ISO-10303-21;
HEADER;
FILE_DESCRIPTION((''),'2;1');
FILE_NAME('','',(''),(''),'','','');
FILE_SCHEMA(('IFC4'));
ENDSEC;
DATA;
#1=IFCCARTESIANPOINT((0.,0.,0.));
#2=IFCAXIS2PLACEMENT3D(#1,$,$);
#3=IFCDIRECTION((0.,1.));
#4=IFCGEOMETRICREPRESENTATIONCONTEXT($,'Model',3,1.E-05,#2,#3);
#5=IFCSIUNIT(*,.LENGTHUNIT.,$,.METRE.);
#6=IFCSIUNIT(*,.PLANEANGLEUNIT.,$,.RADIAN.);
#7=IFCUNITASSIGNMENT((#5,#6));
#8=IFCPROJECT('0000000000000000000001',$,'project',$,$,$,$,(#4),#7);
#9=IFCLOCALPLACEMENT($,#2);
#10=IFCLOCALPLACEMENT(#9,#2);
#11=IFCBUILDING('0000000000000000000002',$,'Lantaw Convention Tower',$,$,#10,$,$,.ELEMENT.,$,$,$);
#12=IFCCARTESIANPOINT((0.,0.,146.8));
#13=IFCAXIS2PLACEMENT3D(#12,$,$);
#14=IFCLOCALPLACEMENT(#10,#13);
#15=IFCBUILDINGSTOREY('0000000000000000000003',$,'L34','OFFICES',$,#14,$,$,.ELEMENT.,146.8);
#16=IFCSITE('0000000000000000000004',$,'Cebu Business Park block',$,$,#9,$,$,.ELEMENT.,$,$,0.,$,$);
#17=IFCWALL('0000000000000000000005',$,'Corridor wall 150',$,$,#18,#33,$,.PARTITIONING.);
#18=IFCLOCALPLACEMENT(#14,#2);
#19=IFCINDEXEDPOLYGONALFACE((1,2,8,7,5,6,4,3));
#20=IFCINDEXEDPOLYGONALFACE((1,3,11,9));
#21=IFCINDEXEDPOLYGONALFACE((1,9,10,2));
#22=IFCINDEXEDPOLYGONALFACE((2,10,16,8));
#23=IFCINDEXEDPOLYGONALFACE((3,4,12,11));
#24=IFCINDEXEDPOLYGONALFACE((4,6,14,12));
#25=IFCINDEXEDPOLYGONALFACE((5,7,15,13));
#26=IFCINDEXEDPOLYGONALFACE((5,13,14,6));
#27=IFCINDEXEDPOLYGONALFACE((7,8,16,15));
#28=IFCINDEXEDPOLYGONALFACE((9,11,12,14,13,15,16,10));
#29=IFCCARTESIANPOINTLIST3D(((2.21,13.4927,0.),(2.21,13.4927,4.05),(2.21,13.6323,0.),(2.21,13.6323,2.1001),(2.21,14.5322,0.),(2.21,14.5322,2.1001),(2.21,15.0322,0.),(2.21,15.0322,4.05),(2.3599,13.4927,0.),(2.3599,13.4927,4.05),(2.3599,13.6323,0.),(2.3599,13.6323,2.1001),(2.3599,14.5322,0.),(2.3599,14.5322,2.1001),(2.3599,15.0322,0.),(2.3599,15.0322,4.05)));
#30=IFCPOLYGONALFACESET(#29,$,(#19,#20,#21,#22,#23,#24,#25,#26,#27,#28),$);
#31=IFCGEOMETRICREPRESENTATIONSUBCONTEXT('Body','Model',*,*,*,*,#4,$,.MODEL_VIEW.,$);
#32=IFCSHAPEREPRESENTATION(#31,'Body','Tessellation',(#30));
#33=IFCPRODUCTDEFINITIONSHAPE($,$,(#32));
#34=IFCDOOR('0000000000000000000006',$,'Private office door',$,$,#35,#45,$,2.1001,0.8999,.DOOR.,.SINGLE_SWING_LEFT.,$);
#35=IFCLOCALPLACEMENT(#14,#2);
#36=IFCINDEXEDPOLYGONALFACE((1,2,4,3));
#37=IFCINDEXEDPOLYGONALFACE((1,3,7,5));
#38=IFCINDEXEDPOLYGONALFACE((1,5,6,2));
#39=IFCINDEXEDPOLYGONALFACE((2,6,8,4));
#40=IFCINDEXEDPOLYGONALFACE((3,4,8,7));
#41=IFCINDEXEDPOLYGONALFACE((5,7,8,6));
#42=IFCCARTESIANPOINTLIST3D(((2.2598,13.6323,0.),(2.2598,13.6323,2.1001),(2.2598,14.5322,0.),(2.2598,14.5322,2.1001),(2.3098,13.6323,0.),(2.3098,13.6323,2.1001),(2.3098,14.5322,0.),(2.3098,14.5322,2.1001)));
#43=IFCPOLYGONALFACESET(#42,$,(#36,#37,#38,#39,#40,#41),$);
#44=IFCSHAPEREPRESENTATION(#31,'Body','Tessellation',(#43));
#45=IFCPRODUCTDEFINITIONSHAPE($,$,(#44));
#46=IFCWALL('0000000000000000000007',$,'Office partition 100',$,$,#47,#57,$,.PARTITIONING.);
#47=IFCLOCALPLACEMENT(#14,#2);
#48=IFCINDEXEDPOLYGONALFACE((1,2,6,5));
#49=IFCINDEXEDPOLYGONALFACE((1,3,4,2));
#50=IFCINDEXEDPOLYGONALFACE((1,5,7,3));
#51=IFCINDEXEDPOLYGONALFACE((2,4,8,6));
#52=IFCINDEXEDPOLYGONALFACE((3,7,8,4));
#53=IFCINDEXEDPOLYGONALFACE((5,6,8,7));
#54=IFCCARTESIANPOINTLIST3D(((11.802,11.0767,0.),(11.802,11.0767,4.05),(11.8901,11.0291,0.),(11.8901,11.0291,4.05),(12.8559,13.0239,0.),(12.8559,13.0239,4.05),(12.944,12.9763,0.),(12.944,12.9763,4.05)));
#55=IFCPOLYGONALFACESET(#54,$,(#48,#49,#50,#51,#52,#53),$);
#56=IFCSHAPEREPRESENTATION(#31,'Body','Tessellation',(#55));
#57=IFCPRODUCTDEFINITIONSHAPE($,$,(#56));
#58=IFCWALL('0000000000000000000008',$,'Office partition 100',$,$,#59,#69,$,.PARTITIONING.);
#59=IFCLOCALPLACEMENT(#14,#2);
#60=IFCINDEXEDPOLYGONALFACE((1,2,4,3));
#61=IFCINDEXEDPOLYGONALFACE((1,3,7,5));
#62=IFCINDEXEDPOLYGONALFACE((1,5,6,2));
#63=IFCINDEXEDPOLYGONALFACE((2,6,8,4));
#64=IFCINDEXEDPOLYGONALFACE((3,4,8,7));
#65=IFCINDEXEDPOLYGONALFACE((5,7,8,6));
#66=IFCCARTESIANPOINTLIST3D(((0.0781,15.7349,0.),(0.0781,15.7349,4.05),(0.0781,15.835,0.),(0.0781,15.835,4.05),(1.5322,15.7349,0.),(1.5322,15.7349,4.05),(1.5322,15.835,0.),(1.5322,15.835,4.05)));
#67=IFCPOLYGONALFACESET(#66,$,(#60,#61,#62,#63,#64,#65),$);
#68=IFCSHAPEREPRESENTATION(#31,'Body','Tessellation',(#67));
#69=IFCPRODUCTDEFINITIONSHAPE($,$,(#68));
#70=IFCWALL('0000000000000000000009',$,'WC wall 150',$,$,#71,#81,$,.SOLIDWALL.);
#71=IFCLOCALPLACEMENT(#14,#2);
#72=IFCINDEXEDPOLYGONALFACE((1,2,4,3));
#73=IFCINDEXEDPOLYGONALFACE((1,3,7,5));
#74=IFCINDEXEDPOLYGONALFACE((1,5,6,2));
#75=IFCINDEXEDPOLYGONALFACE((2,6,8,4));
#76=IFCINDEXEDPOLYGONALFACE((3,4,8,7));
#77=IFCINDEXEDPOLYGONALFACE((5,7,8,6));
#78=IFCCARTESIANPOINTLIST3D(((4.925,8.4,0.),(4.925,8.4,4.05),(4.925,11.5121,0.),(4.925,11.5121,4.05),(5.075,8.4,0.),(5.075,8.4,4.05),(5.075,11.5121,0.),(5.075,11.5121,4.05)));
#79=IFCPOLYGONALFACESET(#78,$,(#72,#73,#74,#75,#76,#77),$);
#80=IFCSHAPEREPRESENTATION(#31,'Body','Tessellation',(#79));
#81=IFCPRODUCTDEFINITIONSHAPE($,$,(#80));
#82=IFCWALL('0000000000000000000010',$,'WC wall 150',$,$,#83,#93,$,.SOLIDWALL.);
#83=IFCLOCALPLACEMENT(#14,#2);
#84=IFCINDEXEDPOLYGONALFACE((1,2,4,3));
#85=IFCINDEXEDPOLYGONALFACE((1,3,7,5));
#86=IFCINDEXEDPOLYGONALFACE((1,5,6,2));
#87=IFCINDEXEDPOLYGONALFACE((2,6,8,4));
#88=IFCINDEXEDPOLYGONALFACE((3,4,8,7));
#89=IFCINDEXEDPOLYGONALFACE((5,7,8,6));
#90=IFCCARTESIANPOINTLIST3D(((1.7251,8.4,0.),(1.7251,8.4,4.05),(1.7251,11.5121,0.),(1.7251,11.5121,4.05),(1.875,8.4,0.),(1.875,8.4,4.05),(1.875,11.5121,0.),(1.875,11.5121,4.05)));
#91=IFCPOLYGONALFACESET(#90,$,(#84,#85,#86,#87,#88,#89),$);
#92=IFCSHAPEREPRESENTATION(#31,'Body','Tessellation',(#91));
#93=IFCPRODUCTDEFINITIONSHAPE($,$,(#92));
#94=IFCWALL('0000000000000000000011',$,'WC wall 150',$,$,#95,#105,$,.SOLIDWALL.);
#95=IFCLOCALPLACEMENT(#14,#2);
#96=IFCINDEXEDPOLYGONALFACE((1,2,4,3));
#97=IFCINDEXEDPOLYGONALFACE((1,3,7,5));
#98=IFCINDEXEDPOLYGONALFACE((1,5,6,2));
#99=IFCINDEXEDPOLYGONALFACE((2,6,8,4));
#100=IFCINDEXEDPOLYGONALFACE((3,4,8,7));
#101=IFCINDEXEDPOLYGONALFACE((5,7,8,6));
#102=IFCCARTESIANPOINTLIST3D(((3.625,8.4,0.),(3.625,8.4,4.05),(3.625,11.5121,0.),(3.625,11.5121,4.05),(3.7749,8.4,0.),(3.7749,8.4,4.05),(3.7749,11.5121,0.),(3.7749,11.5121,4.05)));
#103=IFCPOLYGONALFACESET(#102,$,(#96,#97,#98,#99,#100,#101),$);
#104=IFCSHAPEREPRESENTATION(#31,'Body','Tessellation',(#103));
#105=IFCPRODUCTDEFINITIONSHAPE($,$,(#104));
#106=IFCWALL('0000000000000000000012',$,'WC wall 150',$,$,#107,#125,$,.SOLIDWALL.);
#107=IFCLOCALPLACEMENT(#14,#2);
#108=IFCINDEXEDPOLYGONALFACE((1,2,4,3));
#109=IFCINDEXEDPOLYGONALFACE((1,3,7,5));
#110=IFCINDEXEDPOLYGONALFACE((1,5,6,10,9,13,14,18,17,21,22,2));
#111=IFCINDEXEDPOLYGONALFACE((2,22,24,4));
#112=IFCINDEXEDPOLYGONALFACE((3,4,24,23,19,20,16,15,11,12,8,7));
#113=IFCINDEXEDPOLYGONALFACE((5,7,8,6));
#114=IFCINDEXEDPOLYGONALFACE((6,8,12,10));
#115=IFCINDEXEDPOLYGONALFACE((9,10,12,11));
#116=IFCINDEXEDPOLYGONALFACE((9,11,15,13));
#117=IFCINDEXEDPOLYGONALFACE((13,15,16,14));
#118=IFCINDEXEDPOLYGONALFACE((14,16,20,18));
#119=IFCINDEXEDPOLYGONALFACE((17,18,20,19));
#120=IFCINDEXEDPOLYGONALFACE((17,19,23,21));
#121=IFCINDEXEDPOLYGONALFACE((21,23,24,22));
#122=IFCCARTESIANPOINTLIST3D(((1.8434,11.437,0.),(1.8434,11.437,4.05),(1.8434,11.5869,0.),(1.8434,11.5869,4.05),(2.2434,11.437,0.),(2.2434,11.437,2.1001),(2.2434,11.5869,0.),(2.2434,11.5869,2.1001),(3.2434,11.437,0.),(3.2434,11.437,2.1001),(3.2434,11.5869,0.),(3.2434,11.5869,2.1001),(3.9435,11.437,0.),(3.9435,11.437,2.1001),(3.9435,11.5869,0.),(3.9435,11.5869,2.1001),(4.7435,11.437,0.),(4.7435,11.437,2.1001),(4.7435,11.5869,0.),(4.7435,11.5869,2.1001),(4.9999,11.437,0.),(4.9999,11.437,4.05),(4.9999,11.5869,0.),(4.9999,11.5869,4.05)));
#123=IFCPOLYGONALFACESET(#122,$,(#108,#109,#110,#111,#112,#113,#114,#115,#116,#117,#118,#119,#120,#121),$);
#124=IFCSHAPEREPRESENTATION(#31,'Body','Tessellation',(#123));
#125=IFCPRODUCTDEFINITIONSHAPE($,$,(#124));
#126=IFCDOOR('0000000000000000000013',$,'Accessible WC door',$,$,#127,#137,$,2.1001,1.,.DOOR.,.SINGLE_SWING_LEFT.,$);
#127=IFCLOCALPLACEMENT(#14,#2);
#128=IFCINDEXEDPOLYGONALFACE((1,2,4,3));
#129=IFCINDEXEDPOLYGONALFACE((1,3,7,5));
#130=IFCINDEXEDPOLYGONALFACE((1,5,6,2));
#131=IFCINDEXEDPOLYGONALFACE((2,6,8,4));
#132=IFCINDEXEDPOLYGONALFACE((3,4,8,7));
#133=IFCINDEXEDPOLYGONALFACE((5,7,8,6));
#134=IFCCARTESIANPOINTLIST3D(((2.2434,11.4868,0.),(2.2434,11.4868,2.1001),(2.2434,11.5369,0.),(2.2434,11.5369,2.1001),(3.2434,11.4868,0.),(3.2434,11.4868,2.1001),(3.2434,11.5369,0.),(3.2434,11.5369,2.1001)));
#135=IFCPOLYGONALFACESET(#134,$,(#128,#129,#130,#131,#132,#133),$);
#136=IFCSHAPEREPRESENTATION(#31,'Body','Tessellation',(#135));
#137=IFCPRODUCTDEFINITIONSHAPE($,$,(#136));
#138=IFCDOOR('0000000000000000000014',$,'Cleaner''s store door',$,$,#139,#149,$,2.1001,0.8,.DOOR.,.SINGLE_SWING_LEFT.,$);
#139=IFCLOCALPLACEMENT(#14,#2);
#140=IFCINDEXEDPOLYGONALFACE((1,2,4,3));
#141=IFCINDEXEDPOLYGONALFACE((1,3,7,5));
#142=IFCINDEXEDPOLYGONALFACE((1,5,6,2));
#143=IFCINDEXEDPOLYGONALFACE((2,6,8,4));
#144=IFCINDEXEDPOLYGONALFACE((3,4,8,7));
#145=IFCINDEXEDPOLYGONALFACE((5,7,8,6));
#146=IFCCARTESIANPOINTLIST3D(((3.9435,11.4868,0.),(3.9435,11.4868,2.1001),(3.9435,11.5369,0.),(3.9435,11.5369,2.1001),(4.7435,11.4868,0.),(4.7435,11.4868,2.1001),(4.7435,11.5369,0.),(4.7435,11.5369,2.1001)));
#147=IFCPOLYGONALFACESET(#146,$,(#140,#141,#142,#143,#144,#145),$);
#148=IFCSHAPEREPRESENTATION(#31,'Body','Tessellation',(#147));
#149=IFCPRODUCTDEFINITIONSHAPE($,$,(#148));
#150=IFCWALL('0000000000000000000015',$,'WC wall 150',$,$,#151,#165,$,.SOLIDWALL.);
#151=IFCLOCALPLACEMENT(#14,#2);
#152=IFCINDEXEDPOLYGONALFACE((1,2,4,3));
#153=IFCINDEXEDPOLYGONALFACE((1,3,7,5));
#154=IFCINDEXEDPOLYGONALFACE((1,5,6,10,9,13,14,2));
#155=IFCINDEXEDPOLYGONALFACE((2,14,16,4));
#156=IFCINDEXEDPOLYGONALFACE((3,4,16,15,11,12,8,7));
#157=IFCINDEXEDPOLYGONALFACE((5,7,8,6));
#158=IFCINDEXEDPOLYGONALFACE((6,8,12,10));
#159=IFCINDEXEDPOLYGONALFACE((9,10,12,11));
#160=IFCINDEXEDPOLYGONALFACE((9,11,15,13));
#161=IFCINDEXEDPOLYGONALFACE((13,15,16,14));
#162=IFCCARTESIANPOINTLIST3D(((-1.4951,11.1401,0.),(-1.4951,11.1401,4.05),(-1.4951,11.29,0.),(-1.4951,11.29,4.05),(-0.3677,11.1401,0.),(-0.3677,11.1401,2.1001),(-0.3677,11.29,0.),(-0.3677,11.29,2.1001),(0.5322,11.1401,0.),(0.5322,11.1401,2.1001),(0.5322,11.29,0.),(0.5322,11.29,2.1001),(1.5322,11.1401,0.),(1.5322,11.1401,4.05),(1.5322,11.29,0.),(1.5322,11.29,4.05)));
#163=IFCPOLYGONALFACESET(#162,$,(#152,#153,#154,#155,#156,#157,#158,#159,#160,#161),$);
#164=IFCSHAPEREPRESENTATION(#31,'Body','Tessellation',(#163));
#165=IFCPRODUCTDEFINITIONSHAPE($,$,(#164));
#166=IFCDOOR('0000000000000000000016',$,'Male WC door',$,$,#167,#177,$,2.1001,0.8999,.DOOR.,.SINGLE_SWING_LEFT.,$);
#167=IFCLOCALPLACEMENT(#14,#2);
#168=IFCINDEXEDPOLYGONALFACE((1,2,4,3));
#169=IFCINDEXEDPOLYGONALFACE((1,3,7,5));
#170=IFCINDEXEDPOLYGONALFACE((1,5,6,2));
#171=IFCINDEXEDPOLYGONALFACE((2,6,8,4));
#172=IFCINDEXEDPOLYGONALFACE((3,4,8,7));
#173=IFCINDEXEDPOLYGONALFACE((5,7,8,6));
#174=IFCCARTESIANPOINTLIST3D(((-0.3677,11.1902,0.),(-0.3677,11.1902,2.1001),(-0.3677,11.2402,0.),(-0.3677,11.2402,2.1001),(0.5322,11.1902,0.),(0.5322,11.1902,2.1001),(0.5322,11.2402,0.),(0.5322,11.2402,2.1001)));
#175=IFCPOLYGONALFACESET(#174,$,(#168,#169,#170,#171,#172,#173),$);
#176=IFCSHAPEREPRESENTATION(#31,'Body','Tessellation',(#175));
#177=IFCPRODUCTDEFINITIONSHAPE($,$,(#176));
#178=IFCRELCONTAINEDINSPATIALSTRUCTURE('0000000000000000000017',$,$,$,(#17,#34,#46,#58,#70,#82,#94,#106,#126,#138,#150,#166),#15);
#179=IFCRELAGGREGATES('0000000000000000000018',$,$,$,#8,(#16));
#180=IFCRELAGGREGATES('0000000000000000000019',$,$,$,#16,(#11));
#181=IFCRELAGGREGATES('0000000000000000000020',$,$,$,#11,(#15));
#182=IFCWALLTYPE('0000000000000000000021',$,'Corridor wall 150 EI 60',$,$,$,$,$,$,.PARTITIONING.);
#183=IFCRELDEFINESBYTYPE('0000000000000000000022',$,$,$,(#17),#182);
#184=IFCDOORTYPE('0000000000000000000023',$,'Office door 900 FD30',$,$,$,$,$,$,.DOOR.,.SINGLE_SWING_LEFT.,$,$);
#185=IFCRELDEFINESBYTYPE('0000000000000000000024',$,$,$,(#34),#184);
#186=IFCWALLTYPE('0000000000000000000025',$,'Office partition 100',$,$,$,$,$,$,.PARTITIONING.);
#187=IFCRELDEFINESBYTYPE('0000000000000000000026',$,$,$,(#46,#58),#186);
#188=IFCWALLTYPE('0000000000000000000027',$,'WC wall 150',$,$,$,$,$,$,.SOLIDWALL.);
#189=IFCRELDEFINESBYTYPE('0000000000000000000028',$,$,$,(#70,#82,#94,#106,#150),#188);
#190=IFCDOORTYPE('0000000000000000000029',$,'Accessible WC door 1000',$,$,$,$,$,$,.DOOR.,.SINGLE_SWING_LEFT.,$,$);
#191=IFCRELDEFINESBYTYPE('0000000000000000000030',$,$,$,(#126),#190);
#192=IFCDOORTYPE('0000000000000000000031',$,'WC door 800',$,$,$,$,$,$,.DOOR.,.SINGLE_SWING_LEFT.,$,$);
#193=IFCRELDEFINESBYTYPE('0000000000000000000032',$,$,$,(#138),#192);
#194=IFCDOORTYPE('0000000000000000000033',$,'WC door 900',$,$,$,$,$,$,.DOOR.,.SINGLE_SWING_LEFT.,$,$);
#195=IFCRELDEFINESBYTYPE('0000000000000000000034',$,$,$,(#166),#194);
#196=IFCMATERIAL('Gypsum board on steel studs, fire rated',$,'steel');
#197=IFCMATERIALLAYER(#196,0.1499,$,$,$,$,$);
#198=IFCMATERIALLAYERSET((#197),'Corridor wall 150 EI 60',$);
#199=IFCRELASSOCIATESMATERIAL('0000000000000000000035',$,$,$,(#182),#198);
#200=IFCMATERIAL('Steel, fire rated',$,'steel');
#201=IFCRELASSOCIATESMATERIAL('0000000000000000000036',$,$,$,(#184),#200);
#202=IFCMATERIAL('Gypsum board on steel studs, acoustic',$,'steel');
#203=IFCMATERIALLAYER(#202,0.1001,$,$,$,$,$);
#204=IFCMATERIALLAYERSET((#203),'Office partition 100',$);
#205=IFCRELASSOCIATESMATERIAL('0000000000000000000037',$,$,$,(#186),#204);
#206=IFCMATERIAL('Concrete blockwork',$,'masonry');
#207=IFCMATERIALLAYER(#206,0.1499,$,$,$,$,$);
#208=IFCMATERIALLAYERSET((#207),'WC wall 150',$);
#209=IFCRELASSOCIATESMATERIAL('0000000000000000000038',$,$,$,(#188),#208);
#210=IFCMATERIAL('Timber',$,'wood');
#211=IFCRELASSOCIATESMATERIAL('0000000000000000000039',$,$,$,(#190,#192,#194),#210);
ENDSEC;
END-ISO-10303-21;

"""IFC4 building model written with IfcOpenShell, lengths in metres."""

from ifc_helpers import new_model, si_unit, direction, frame, frame_2d, origin, place, context, subcontext, project, spatial, rectangle, extrude, material, layer, layer_set, type_object, element, fill, save


model = new_model("IFC4")

# Units and contexts
model_context = context("Model", 3, precision=1e-05, world=origin(), true_north=direction((0.0, 1.0)))
body_context = subcontext(model_context, "Body", "Model", "MODEL_VIEW")
ifc_project = project(units=[si_unit("LENGTHUNIT", "METRE"), si_unit("PLANEANGLEUNIT", "RADIAN")], contexts=[model_context])

# Site, building, storey
site_placement = place(None, origin())
site = spatial("IfcSite", under=ifc_project, at=site_placement, Name="Cebu Business Park block", CompositionType="ELEMENT", RefElevation=0.0)
building_placement = place(site_placement, origin())
building = spatial("IfcBuilding", under=site, at=building_placement, Name="Lantaw Convention Tower", CompositionType="ELEMENT")
storey_placement = place(building_placement, frame((0.0, 0.0, 146.8)))
storey = spatial("IfcBuildingStorey", under=building, at=storey_placement, Name="L34", Description="OFFICES", CompositionType="ELEMENT", Elevation=146.8)

# Shared definitions
ifc_material_1 = material(Name="Gypsum board on steel studs, fire rated", Category="steel")
ifc_layer_1 = layer(ifc_material_1, 0.1499)
ifc_layer_set_1 = layer_set([ifc_layer_1], Name="Corridor wall 150 EI 60")
wall_type_1 = type_object("IfcWallType", Name="Corridor wall 150 EI 60", PredefinedType="PARTITIONING", material=ifc_layer_set_1)
ifc_material_2 = material(Name="Steel, fire rated", Category="steel")

# Wall, opening, door
wall_1_placement = place(storey_placement, frame((2.2849, 15.0322, 0.0), z_axis=(0.0, 0.0, 1.0), x_axis=(0.0, -1.0, 0.0)))
wall_1 = element("IfcWall", 1, at=wall_1_placement, inside=storey, type_object=wall_type_1, Name="Corridor wall 150", PredefinedType="PARTITIONING", context=body_context, shape_type="SweptSolid", body=[
    extrude(rectangle(XDim=1.5396, YDim=0.1499, at=frame_2d((0.7698, 0.0))), origin(), (0.0, 0.0, 1.0), 4.05),
])
opening_1_placement = place(wall_1_placement, frame((0.5, 0.0, 0.0)))
opening_1 = element("IfcOpeningElement", 2, at=opening_1_placement, cuts=wall_1, PredefinedType="OPENING", context=body_context, shape_type="SweptSolid", body=[
    extrude(rectangle(XDim=0.8999, YDim=2.1001, at=frame_2d((0.45, 1.05))), frame((0.0, 0.085, 0.0), z_axis=(0.0, -1.0, 0.0), x_axis=(1.0, 0.0, 0.0)), (0.0, 0.0, 1.0), 0.1699),
])
door_type_1 = type_object("IfcDoorType", Name="Office door 900 FD30", OperationType="SINGLE_SWING_LEFT", PredefinedType="DOOR", material=ifc_material_2)
door_1_placement = place(opening_1_placement, origin())
door_1 = element("IfcDoor", 3, at=door_1_placement, inside=storey, type_object=door_type_1, Name="Private office door", OperationType="SINGLE_SWING_LEFT", OverallHeight=2.1001, OverallWidth=0.8999, PredefinedType="DOOR", context=body_context, shape_type="SweptSolid", body=[
    extrude(rectangle(XDim=0.8999, YDim=2.1001, at=frame_2d((0.45, 1.05))), frame((0.0, 0.0249, 0.0), z_axis=(0.0, -1.0, 0.0), x_axis=(1.0, 0.0, 0.0)), (0.0, 0.0, 1.0), 0.05),
])
fill(opening_1, door_1)

# Walls
ifc_material_3 = material(Name="Gypsum board on steel studs, acoustic", Category="steel")
ifc_layer_2 = layer(ifc_material_3, 0.1001)
ifc_layer_set_2 = layer_set([ifc_layer_2], Name="Office partition 100")
wall_type_2 = type_object("IfcWallType", Name="Office partition 100", PredefinedType="PARTITIONING", material=ifc_layer_set_2)
wall_2_placement = place(storey_placement, frame((12.8999, 13.0, 0.0), z_axis=(0.0, 0.0, 1.0), x_axis=(-0.475999, -0.879446, 0.0)))
element("IfcWall", 4, at=wall_2_placement, inside=storey, type_object=wall_type_2, Name="Office partition 100", PredefinedType="PARTITIONING", context=body_context, shape_type="SweptSolid", body=[
    extrude(rectangle(XDim=2.2141, YDim=0.1001, at=frame_2d((1.1069, 0.0))), origin(), (0.0, 0.0, 1.0), 4.05),
])
wall_3_placement = place(storey_placement, frame((0.0781, 15.7849, 0.0), z_axis=(0.0, 0.0, 1.0), x_axis=(1.0, 0.0, 0.0)))
element("IfcWall", 5, at=wall_3_placement, inside=storey, type_object=wall_type_2, Name="Office partition 100", PredefinedType="PARTITIONING", context=body_context, shape_type="SweptSolid", body=[
    extrude(rectangle(XDim=1.4541, YDim=0.1001, at=frame_2d((0.7271, 0.0))), origin(), (0.0, 0.0, 1.0), 4.05),
])
ifc_material_4 = material(Name="Concrete blockwork", Category="masonry")
ifc_layer_3 = layer(ifc_material_4, 0.1499)
ifc_layer_set_3 = layer_set([ifc_layer_3], Name="WC wall 150")
wall_type_3 = type_object("IfcWallType", Name="WC wall 150", PredefinedType="SOLIDWALL", material=ifc_layer_set_3)
for number, where, z_axis, x_axis, name in (
    (6, (5.0, 8.3999, 0.0), (0.0, 0.0, 1.0), (0.0, 1.0, 0.0), "WC wall 150"),
    (7, (1.8, 8.3999, 0.0), (0.0, 0.0, 1.0), (0.0, 1.0, 0.0), "WC wall 150"),
    (8, (3.7, 8.3999, 0.0), (0.0, 0.0, 1.0), (0.0, 1.0, 0.0), "WC wall 150"),
):
    element("IfcWall", number, at=place(storey_placement, frame(where, z_axis=z_axis, x_axis=x_axis)), inside=storey, type_object=wall_type_3, Name=name, PredefinedType="SOLIDWALL", context=body_context, shape_type="SweptSolid", body=[
        extrude(rectangle(XDim=3.1121, YDim=0.1499, at=frame_2d((1.5562, 0.0))), origin(), (0.0, 0.0, 1.0), 4.05),
    ])

# Wall, openings, doors
wall_4_placement = place(storey_placement, frame((1.8435, 11.512, 0.0), z_axis=(0.0, 0.0, 1.0), x_axis=(1.0, 0.0, 0.0)))
wall_4 = element("IfcWall", 9, at=wall_4_placement, inside=storey, type_object=wall_type_3, Name="WC wall 150", PredefinedType="SOLIDWALL", context=body_context, shape_type="SweptSolid", body=[
    extrude(rectangle(XDim=3.1565, YDim=0.1499, at=frame_2d((1.5781, 0.0))), origin(), (0.0, 0.0, 1.0), 4.05),
])
opening_2_placement = place(wall_4_placement, frame((0.3999, 0.0, 0.0)))
opening_2 = element("IfcOpeningElement", 10, at=opening_2_placement, cuts=wall_4, PredefinedType="OPENING", context=body_context, shape_type="SweptSolid", body=[
    extrude(rectangle(XDim=1.0, YDim=2.1001, at=frame_2d((0.5, 1.05))), frame((0.0, 0.085, 0.0), z_axis=(0.0, -1.0, 0.0), x_axis=(1.0, 0.0, 0.0)), (0.0, 0.0, 1.0), 0.1699),
])
opening_3_placement = place(wall_4_placement, frame((2.1001, 0.0, 0.0)))
opening_3 = element("IfcOpeningElement", 11, at=opening_3_placement, cuts=wall_4, PredefinedType="OPENING", context=body_context, shape_type="SweptSolid", body=[
    extrude(rectangle(XDim=0.8, YDim=2.1001, at=frame_2d((0.3999, 1.05))), frame((0.0, 0.085, 0.0), z_axis=(0.0, -1.0, 0.0), x_axis=(1.0, 0.0, 0.0)), (0.0, 0.0, 1.0), 0.1699),
])
ifc_material_5 = material(Name="Timber", Category="wood")
door_type_2 = type_object("IfcDoorType", Name="Accessible WC door 1000", OperationType="SINGLE_SWING_LEFT", PredefinedType="DOOR", material=ifc_material_5)
door_2_placement = place(opening_2_placement, origin())
door_2 = element("IfcDoor", 12, at=door_2_placement, inside=storey, type_object=door_type_2, Name="Accessible WC door", OperationType="SINGLE_SWING_LEFT", OverallHeight=2.1001, OverallWidth=1.0, PredefinedType="DOOR", context=body_context, shape_type="SweptSolid", body=[
    extrude(rectangle(XDim=1.0, YDim=2.1001, at=frame_2d((0.5, 1.05))), frame((0.0, 0.0249, 0.0), z_axis=(0.0, -1.0, 0.0), x_axis=(1.0, 0.0, 0.0)), (0.0, 0.0, 1.0), 0.05),
])
fill(opening_2, door_2)
door_type_3 = type_object("IfcDoorType", Name="WC door 800", OperationType="SINGLE_SWING_LEFT", PredefinedType="DOOR", material=ifc_material_5)
door_3_placement = place(opening_3_placement, origin())
door_3 = element("IfcDoor", 13, at=door_3_placement, inside=storey, type_object=door_type_3, Name="Cleaner's store door", OperationType="SINGLE_SWING_LEFT", OverallHeight=2.1001, OverallWidth=0.8, PredefinedType="DOOR", context=body_context, shape_type="SweptSolid", body=[
    extrude(rectangle(XDim=0.8, YDim=2.1001, at=frame_2d((0.3999, 1.05))), frame((0.0, 0.0249, 0.0), z_axis=(0.0, -1.0, 0.0), x_axis=(1.0, 0.0, 0.0)), (0.0, 0.0, 1.0), 0.05),
])
fill(opening_3, door_3)

# Wall, opening, door
wall_5_placement = place(storey_placement, frame((1.5322, 11.2151, 0.0), z_axis=(0.0, 0.0, 1.0), x_axis=(-1.0, 0.0, 0.0)))
wall_5 = element("IfcWall", 14, at=wall_5_placement, inside=storey, type_object=wall_type_3, Name="WC wall 150", PredefinedType="SOLIDWALL", context=body_context, shape_type="SweptSolid", body=[
    extrude(rectangle(XDim=3.0273, YDim=0.1499, at=frame_2d((1.5137, 0.0))), origin(), (0.0, 0.0, 1.0), 4.05),
])
opening_4_placement = place(wall_5_placement, frame((1.0, 0.0, 0.0)))
opening_4 = element("IfcOpeningElement", 15, at=opening_4_placement, cuts=wall_5, PredefinedType="OPENING", context=body_context, shape_type="SweptSolid", body=[
    extrude(rectangle(XDim=0.8999, YDim=2.1001, at=frame_2d((0.45, 1.05))), frame((0.0, 0.085, 0.0), z_axis=(0.0, -1.0, 0.0), x_axis=(1.0, 0.0, 0.0)), (0.0, 0.0, 1.0), 0.1699),
])
door_type_4 = type_object("IfcDoorType", Name="WC door 900", OperationType="SINGLE_SWING_LEFT", PredefinedType="DOOR", material=ifc_material_5)
door_4_placement = place(opening_4_placement, origin())
door_4 = element("IfcDoor", 16, at=door_4_placement, inside=storey, type_object=door_type_4, Name="Male WC door", OperationType="SINGLE_SWING_LEFT", OverallHeight=2.1001, OverallWidth=0.8999, PredefinedType="DOOR", context=body_context, shape_type="SweptSolid", body=[
    extrude(rectangle(XDim=0.8999, YDim=2.1001, at=frame_2d((0.45, 1.05))), frame((0.0, 0.0249, 0.0), z_axis=(0.0, -1.0, 0.0), x_axis=(1.0, 0.0, 0.0)), (0.0, 0.0, 1.0), 0.05),
])
fill(opening_4, door_4)

save(model, "model.ifc")
